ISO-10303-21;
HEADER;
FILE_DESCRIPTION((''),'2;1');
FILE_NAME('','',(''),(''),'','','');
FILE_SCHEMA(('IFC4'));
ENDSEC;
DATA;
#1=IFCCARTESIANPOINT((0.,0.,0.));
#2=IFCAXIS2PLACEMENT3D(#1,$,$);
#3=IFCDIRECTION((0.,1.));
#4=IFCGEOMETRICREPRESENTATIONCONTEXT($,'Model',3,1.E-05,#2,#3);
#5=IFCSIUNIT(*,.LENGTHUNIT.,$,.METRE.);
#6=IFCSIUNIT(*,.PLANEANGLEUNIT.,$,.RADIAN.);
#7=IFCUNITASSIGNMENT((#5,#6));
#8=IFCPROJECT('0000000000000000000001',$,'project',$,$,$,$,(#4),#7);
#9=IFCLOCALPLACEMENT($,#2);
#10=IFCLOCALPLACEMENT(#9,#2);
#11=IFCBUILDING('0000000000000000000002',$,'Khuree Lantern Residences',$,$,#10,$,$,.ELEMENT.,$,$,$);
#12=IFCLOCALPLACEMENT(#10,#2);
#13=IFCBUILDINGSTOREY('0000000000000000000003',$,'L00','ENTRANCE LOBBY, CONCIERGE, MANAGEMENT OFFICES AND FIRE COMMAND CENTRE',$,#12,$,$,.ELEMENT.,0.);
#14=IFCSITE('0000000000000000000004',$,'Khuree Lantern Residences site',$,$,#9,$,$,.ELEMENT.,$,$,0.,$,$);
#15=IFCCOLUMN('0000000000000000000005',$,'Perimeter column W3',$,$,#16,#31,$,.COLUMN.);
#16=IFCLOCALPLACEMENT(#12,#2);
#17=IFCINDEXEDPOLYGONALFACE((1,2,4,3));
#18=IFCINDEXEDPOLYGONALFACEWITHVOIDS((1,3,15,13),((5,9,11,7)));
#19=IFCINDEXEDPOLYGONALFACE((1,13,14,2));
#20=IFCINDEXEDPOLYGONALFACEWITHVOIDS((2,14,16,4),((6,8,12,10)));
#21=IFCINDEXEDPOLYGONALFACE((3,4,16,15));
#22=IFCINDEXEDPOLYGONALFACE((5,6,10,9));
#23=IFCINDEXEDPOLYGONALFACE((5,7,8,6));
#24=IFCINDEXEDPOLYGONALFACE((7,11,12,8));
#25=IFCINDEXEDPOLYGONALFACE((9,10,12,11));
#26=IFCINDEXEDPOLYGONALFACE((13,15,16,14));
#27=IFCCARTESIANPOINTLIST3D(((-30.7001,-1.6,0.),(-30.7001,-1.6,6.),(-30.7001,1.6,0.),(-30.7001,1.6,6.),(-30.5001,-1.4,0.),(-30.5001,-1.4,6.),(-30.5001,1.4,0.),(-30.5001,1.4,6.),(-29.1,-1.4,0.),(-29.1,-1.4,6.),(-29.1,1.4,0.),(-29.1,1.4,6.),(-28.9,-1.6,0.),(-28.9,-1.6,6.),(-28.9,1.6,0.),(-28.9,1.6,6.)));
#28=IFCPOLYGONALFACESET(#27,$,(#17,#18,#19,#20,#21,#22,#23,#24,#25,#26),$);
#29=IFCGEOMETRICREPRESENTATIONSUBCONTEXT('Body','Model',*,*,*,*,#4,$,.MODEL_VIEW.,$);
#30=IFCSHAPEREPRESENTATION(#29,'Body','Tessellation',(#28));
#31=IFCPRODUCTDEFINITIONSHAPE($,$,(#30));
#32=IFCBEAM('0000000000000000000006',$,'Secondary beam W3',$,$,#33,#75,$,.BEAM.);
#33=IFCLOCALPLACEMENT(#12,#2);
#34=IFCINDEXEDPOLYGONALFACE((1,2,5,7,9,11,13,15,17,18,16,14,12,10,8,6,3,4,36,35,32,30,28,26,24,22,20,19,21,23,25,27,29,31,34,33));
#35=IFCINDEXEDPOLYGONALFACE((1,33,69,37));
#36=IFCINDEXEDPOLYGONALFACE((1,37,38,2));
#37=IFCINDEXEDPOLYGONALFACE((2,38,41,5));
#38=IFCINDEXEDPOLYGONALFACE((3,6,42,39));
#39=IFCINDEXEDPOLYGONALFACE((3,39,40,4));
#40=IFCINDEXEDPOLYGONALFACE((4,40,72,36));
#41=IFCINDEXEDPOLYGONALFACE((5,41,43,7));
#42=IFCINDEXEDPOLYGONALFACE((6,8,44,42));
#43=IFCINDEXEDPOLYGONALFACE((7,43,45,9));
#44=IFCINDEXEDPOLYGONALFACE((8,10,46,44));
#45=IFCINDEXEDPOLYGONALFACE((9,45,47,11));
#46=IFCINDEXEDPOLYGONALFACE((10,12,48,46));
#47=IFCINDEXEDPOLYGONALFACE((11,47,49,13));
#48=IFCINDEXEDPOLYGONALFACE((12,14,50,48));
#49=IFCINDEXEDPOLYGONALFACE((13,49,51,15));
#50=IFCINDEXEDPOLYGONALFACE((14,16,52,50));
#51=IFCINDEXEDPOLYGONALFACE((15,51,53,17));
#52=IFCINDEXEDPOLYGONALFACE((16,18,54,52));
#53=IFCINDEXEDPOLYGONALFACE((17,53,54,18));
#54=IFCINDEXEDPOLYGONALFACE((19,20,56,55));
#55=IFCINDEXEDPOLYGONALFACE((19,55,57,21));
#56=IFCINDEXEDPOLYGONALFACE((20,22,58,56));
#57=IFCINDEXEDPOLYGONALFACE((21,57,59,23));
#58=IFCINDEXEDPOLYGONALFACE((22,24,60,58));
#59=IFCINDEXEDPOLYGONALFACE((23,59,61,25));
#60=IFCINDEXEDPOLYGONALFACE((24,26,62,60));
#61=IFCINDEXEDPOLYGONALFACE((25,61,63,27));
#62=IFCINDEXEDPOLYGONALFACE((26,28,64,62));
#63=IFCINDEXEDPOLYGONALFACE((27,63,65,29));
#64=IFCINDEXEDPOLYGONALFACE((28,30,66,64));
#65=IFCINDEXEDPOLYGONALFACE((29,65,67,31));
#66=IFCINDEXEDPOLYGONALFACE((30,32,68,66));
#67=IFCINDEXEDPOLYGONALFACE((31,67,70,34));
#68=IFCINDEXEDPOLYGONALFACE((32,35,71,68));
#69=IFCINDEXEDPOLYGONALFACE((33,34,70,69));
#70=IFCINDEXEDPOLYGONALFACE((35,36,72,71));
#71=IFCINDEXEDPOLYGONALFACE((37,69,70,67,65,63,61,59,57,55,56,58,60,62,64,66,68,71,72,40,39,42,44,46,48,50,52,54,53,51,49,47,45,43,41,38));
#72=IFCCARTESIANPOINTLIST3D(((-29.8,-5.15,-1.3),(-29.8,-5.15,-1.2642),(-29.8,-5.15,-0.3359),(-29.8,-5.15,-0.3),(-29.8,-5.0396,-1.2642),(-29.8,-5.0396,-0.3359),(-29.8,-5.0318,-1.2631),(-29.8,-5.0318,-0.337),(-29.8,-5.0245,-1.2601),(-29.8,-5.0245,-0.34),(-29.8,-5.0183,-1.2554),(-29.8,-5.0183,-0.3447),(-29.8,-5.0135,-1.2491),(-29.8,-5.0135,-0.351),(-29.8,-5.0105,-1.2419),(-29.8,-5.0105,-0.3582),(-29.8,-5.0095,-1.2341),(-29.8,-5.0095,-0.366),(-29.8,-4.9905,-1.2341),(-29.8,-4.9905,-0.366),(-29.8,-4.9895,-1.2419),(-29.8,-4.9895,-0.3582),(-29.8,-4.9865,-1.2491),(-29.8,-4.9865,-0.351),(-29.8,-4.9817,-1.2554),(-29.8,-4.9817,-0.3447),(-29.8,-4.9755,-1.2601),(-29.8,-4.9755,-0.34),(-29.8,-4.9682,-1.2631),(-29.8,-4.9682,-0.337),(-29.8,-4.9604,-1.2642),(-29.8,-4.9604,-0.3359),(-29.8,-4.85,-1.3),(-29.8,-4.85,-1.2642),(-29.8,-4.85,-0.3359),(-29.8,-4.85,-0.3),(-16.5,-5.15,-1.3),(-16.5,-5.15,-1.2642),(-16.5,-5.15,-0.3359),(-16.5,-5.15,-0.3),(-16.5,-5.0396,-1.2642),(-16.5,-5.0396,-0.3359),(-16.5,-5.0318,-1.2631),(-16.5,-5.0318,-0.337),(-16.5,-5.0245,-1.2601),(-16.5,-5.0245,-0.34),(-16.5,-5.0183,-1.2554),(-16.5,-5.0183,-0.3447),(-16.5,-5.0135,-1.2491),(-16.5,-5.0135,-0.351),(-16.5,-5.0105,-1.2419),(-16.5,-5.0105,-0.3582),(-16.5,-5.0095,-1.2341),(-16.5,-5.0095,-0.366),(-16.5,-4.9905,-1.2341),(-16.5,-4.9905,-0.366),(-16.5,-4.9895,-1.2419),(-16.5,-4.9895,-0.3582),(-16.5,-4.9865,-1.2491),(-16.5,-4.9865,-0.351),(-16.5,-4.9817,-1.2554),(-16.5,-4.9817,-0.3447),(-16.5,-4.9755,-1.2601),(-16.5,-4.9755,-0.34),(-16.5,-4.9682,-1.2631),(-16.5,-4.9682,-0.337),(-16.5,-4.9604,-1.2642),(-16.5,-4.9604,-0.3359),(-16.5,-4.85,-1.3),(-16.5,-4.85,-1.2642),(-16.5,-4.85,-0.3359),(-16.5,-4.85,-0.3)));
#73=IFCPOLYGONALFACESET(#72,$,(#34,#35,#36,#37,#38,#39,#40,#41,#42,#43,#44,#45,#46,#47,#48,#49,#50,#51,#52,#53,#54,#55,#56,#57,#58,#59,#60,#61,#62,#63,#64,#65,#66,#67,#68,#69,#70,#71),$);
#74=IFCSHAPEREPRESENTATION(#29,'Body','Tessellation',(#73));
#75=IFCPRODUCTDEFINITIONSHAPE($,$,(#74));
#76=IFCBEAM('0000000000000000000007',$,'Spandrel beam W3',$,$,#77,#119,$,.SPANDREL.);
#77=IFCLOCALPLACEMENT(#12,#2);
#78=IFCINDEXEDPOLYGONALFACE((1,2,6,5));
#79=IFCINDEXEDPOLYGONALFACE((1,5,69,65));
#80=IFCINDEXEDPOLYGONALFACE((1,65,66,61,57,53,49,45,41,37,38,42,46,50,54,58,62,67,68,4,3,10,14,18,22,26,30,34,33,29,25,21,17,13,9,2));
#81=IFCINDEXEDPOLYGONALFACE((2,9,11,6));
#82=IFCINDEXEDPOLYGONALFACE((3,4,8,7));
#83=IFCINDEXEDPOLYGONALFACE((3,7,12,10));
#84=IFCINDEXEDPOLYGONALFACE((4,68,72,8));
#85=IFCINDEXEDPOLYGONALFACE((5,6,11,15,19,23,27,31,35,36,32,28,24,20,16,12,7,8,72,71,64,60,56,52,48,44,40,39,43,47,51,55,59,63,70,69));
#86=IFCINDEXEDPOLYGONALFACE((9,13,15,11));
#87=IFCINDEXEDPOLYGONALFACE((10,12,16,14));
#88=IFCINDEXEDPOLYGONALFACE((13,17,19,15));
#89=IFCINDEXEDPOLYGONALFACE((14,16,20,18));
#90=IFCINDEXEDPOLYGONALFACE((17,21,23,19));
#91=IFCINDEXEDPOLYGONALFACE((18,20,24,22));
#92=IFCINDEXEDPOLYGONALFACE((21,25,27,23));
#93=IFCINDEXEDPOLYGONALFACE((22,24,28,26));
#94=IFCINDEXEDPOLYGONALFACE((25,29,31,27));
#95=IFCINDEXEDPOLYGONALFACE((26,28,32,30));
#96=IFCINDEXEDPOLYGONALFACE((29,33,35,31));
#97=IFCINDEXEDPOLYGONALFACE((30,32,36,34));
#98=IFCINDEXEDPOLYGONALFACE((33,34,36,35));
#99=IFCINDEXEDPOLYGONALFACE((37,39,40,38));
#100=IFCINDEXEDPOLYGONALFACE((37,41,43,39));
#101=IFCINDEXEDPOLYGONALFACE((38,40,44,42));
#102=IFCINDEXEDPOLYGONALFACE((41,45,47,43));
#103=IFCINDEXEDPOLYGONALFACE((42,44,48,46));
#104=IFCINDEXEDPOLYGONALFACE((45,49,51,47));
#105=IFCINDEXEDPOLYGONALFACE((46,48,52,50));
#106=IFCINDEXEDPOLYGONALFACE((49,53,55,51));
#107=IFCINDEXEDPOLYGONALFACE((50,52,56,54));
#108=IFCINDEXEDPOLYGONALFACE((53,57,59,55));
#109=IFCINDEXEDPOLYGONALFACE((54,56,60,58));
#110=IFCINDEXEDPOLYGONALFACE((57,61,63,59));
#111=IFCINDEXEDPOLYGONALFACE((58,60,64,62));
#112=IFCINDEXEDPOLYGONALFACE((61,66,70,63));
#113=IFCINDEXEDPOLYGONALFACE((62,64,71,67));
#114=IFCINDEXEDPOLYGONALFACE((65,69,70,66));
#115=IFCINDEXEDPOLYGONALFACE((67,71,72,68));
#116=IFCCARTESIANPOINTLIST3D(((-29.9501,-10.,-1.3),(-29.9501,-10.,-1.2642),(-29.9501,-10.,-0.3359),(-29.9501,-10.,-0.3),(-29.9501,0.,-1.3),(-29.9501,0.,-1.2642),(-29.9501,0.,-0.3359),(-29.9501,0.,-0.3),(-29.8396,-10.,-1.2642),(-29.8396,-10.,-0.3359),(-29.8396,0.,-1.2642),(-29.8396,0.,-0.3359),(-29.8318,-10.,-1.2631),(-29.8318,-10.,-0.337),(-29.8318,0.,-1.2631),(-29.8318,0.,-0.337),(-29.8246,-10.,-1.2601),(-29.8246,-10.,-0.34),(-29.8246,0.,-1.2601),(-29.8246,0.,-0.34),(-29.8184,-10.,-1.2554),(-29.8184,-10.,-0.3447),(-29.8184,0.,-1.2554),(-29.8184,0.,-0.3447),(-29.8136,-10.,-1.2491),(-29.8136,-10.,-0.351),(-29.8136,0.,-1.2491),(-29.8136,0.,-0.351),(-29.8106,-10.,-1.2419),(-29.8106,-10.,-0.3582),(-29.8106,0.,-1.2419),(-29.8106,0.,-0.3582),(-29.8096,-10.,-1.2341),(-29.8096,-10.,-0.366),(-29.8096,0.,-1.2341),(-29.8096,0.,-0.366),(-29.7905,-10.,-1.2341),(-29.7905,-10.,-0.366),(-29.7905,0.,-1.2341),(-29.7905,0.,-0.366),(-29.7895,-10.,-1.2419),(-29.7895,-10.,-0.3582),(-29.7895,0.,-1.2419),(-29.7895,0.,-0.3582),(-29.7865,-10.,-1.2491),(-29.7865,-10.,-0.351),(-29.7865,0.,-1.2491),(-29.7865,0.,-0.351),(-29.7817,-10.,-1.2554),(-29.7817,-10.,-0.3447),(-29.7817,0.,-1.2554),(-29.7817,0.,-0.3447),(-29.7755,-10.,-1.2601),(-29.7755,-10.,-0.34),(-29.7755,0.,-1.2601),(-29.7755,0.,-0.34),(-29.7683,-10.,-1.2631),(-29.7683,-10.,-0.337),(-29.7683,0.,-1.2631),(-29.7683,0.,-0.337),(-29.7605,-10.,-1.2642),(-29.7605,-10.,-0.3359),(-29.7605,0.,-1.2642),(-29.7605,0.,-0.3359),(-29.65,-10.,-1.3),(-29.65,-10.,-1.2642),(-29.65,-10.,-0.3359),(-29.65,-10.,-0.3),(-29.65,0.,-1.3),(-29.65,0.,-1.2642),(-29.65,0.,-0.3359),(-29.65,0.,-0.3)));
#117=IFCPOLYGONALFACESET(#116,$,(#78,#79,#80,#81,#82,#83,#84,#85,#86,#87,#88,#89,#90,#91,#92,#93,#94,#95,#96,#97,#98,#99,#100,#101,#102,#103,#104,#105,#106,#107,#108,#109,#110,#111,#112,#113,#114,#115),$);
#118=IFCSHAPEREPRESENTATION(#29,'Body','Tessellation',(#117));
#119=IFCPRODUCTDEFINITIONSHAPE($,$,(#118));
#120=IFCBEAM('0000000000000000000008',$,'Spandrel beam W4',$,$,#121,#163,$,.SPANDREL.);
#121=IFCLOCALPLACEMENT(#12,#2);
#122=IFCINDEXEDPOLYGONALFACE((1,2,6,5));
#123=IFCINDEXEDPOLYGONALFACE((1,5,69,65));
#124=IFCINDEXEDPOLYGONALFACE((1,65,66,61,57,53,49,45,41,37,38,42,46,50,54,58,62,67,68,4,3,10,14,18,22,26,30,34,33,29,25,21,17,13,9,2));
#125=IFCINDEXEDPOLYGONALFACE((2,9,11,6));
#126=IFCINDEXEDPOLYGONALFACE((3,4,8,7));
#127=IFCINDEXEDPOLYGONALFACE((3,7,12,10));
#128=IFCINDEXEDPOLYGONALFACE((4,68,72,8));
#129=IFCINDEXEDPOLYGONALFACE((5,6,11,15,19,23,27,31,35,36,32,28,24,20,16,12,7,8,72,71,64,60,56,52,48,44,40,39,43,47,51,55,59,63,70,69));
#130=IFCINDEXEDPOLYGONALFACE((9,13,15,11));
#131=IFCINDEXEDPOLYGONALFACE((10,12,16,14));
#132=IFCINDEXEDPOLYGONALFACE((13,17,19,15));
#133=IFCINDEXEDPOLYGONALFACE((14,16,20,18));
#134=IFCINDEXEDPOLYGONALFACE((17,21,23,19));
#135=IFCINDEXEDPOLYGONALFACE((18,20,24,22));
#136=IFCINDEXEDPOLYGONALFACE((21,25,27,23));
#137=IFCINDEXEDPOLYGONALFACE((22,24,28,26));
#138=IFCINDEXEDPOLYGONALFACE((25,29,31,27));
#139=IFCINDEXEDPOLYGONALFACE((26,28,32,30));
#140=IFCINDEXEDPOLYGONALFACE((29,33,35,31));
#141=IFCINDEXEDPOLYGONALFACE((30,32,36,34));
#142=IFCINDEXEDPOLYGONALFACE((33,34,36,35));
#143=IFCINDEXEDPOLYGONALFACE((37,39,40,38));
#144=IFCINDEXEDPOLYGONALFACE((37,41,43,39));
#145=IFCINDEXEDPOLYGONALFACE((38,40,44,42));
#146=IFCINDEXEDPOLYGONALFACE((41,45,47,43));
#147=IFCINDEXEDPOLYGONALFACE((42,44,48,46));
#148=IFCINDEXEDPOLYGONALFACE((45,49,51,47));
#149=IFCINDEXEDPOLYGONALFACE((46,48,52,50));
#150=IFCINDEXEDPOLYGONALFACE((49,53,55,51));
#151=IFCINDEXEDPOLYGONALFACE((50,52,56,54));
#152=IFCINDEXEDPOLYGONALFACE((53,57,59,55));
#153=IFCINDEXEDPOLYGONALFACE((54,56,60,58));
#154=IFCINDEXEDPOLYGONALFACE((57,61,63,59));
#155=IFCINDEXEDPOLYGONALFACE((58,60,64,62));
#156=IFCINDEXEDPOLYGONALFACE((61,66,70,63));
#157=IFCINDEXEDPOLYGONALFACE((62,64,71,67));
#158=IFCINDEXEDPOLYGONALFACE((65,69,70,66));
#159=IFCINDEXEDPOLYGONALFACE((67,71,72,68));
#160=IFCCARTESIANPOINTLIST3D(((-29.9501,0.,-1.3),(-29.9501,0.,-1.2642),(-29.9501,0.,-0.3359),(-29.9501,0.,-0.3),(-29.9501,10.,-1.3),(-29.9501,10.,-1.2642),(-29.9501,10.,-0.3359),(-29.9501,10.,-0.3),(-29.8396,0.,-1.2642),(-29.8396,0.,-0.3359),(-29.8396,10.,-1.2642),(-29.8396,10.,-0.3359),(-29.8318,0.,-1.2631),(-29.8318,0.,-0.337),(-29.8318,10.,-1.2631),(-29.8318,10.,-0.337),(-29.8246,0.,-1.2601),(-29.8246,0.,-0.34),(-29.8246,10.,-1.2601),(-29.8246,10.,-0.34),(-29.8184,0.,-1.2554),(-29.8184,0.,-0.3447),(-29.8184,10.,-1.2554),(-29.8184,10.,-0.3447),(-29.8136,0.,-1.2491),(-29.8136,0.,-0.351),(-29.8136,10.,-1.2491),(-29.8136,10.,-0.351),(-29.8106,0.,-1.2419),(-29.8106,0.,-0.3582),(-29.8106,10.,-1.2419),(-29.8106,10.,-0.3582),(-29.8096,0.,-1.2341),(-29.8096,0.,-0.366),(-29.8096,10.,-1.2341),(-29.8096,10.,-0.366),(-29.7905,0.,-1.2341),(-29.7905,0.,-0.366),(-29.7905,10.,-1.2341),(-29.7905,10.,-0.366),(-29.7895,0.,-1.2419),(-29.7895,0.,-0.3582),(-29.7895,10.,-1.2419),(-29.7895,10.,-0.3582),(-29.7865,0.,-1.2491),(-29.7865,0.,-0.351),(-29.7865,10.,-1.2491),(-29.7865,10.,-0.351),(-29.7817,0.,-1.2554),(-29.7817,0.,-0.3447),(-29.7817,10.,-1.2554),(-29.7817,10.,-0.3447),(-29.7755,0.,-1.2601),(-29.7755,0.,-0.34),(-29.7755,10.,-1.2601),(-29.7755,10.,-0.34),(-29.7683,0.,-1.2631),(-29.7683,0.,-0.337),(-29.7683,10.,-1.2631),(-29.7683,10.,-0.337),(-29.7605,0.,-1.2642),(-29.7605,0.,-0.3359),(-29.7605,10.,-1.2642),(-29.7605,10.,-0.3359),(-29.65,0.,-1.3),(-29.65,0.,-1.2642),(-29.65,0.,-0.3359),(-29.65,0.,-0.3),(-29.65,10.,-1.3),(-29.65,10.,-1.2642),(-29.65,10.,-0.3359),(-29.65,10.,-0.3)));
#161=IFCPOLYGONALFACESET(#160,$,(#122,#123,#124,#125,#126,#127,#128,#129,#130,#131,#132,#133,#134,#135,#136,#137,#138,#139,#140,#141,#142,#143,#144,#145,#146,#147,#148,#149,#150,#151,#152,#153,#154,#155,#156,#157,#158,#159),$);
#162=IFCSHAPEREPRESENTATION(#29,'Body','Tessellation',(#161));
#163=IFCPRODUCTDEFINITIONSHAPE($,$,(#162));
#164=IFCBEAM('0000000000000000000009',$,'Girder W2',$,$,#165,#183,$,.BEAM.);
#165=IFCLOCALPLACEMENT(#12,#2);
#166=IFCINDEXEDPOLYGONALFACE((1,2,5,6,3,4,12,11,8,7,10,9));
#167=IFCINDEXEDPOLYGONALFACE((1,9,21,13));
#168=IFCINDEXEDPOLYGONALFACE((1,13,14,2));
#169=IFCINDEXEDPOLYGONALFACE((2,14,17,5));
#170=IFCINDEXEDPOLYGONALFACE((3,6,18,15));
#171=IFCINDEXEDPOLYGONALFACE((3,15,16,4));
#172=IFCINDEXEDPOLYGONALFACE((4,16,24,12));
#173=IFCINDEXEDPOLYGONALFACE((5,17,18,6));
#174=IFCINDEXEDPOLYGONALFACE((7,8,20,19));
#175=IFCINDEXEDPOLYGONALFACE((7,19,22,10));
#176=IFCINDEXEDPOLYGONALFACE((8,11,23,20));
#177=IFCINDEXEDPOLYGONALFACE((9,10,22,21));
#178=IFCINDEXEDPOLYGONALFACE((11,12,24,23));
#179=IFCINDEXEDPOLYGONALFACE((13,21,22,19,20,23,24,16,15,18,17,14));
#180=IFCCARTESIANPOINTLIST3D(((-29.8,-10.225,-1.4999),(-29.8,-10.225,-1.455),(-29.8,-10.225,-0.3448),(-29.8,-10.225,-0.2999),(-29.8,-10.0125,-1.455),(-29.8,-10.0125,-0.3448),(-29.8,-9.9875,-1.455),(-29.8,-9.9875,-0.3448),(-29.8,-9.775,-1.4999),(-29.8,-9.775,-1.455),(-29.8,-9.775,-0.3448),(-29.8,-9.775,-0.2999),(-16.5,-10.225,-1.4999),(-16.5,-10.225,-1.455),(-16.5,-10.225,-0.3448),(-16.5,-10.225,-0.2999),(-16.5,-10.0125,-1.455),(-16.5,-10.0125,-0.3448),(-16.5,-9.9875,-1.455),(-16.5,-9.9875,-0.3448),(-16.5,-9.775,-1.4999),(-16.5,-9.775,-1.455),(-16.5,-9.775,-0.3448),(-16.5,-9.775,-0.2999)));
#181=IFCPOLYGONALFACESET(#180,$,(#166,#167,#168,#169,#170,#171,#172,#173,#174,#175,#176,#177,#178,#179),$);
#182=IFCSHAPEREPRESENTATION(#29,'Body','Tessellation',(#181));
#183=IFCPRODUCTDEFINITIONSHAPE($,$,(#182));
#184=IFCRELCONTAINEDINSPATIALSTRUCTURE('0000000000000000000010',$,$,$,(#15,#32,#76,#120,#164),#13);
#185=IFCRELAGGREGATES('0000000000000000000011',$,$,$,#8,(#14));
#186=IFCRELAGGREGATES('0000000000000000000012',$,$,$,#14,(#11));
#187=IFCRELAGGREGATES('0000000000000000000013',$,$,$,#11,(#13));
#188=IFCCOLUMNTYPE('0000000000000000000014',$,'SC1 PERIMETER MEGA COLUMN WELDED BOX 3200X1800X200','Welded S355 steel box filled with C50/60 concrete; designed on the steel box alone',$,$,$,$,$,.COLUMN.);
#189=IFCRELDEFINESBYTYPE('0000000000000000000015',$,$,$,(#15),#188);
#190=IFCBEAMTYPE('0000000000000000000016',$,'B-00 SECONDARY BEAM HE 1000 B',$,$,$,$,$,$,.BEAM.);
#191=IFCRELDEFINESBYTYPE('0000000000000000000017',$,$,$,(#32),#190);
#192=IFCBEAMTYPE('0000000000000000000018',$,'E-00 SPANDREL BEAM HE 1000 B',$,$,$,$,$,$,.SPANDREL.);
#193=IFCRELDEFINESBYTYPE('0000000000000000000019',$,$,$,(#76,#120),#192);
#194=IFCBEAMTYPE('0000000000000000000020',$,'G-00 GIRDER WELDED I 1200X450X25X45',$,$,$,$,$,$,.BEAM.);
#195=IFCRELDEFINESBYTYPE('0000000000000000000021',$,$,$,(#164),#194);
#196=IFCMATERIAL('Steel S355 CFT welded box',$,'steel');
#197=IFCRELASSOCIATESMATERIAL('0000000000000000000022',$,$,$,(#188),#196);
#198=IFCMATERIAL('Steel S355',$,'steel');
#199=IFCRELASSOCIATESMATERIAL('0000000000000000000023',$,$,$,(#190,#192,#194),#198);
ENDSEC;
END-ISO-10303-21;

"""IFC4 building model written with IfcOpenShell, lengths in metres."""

from ifc_helpers import new_model, si_unit, direction, frame, origin, origin_2d, place, context, subcontext, project, spatial, hollow_rectangle, i_section, extrude, material, material_profile, profile_set, type_object, element, save


model = new_model("IFC4")

# Units and contexts
model_context = context("Model", 3, precision=1e-05, world=origin(), true_north=direction((0.0, 1.0)))
body_context = subcontext(model_context, "Body", "Model", "MODEL_VIEW")
ifc_project = project(units=[si_unit("LENGTHUNIT", "METRE"), si_unit("PLANEANGLEUNIT", "RADIAN")], contexts=[model_context])

# Site, building, storey
site_placement = place(None, origin())
site = spatial("IfcSite", under=ifc_project, at=site_placement, Name="Khuree Lantern Residences site", CompositionType="ELEMENT", RefElevation=0.0)
building_placement = place(site_placement, origin())
building = spatial("IfcBuilding", under=site, at=building_placement, Name="Khuree Lantern Residences", CompositionType="ELEMENT")
storey_placement = place(building_placement, origin())
storey = spatial("IfcBuildingStorey", under=building, at=storey_placement, Name="L00", Description="ENTRANCE LOBBY, CONCIERGE, MANAGEMENT OFFICES AND FIRE COMMAND CENTRE", CompositionType="ELEMENT", Elevation=0.0)

# Column
ifc_material_1 = material(Name="Steel S355 CFT welded box", Category="steel")
ifc_material_profile_1 = material_profile(ifc_material_1, hollow_rectangle(XDim=3.2, YDim=1.8, WallThickness=0.2, at=origin_2d()), Name="WELDED BOX 3200X1800X200")
ifc_profile_set_1 = profile_set([ifc_material_profile_1], Name="Steel S355 CFT welded box")
column_type = type_object("IfcColumnType", Name="SC1 PERIMETER MEGA COLUMN WELDED BOX 3200X1800X200", Description="Welded S355 steel box filled with C50/60 concrete; designed on the steel box alone", PredefinedType="COLUMN", material=ifc_profile_set_1)
column_placement = place(storey_placement, frame((-29.8, 0.0, 0.0), z_axis=(0.0, 0.0, 1.0), x_axis=(0.0, 1.0, 0.0)))
element("IfcColumn", 1, at=column_placement, inside=storey, type_object=column_type, Name="Perimeter column W3", PredefinedType="COLUMN", context=body_context, shape_type="SweptSolid", body=[
    extrude(hollow_rectangle(XDim=3.2, YDim=1.8, WallThickness=0.2, at=origin_2d()), origin(), (0.0, 0.0, 1.0), 6.0),
])

# Beams
ifc_material_2 = material(Name="Steel S355", Category="steel")
ifc_material_profile_2 = material_profile(ifc_material_2, i_section(OverallWidth=0.3, OverallDepth=1.0, WebThickness=0.019, FlangeThickness=0.0359, FilletRadius=0.03, at=origin_2d()), Name="HE 1000 B")
ifc_profile_set_2 = profile_set([ifc_material_profile_2], Name="Steel S355")
beam_type_1 = type_object("IfcBeamType", Name="B-00 SECONDARY BEAM HE 1000 B", PredefinedType="BEAM", material=ifc_profile_set_2)
beam_placement = place(storey_placement, frame((-29.8, -5.0, -0.8), z_axis=(1.0, 0.0, 0.0), x_axis=(0.0, 1.0, 0.0)))
element("IfcBeam", 2, at=beam_placement, inside=storey, type_object=beam_type_1, Name="Secondary beam W3", PredefinedType="BEAM", context=body_context, shape_type="SweptSolid", body=[
    extrude(i_section(OverallWidth=0.3, OverallDepth=1.0, WebThickness=0.019, FlangeThickness=0.0359, FilletRadius=0.03, at=origin_2d()), origin(), (0.0, 0.0, 1.0), 13.3),
])
ifc_material_profile_3 = material_profile(ifc_material_2, i_section(OverallWidth=0.3, OverallDepth=1.0, WebThickness=0.019, FlangeThickness=0.0359, FilletRadius=0.03, at=origin_2d()), Name="HE 1000 B")
ifc_profile_set_3 = profile_set([ifc_material_profile_3], Name="Steel S355")
beam_type_2 = type_object("IfcBeamType", Name="E-00 SPANDREL BEAM HE 1000 B", PredefinedType="SPANDREL", material=ifc_profile_set_3)
for number, where, z_axis, x_axis, name in (
    (3, (-29.8, -10.0, -0.8), (0.0, 1.0, 0.0), (-1.0, 0.0, 0.0), "Spandrel beam W3"),
    (4, (-29.8, 0.0, -0.8), (0.0, 1.0, 0.0), (-1.0, 0.0, 0.0), "Spandrel beam W4"),
):
    element("IfcBeam", number, at=place(storey_placement, frame(where, z_axis=z_axis, x_axis=x_axis)), inside=storey, type_object=beam_type_2, Name=name, PredefinedType="SPANDREL", context=body_context, shape_type="SweptSolid", body=[
        extrude(i_section(OverallWidth=0.3, OverallDepth=1.0, WebThickness=0.019, FlangeThickness=0.0359, FilletRadius=0.03, at=origin_2d()), origin(), (0.0, 0.0, 1.0), 10.0),
    ])
ifc_material_profile_4 = material_profile(ifc_material_2, i_section(OverallWidth=0.45, OverallDepth=1.2, WebThickness=0.0249, FlangeThickness=0.0449, at=origin_2d()), Name="WELDED I 1200X450X25X45")
ifc_profile_set_4 = profile_set([ifc_material_profile_4], Name="Steel S355")
beam_type_3 = type_object("IfcBeamType", Name="G-00 GIRDER WELDED I 1200X450X25X45", PredefinedType="BEAM", material=ifc_profile_set_4)
for number, where, z_axis, x_axis, name in (
    (5, (-29.8, -10.0, -0.8999), (1.0, 0.0, 0.0), (0.0, 1.0, 0.0), "Girder W2"),
):
    element("IfcBeam", number, at=place(storey_placement, frame(where, z_axis=z_axis, x_axis=x_axis)), inside=storey, type_object=beam_type_3, Name=name, PredefinedType="BEAM", context=body_context, shape_type="SweptSolid", body=[
        extrude(i_section(OverallWidth=0.45, OverallDepth=1.2, WebThickness=0.0249, FlangeThickness=0.0449, at=origin_2d()), origin(), (0.0, 0.0, 1.0), 13.3),
    ])

save(model, "model.ifc")
